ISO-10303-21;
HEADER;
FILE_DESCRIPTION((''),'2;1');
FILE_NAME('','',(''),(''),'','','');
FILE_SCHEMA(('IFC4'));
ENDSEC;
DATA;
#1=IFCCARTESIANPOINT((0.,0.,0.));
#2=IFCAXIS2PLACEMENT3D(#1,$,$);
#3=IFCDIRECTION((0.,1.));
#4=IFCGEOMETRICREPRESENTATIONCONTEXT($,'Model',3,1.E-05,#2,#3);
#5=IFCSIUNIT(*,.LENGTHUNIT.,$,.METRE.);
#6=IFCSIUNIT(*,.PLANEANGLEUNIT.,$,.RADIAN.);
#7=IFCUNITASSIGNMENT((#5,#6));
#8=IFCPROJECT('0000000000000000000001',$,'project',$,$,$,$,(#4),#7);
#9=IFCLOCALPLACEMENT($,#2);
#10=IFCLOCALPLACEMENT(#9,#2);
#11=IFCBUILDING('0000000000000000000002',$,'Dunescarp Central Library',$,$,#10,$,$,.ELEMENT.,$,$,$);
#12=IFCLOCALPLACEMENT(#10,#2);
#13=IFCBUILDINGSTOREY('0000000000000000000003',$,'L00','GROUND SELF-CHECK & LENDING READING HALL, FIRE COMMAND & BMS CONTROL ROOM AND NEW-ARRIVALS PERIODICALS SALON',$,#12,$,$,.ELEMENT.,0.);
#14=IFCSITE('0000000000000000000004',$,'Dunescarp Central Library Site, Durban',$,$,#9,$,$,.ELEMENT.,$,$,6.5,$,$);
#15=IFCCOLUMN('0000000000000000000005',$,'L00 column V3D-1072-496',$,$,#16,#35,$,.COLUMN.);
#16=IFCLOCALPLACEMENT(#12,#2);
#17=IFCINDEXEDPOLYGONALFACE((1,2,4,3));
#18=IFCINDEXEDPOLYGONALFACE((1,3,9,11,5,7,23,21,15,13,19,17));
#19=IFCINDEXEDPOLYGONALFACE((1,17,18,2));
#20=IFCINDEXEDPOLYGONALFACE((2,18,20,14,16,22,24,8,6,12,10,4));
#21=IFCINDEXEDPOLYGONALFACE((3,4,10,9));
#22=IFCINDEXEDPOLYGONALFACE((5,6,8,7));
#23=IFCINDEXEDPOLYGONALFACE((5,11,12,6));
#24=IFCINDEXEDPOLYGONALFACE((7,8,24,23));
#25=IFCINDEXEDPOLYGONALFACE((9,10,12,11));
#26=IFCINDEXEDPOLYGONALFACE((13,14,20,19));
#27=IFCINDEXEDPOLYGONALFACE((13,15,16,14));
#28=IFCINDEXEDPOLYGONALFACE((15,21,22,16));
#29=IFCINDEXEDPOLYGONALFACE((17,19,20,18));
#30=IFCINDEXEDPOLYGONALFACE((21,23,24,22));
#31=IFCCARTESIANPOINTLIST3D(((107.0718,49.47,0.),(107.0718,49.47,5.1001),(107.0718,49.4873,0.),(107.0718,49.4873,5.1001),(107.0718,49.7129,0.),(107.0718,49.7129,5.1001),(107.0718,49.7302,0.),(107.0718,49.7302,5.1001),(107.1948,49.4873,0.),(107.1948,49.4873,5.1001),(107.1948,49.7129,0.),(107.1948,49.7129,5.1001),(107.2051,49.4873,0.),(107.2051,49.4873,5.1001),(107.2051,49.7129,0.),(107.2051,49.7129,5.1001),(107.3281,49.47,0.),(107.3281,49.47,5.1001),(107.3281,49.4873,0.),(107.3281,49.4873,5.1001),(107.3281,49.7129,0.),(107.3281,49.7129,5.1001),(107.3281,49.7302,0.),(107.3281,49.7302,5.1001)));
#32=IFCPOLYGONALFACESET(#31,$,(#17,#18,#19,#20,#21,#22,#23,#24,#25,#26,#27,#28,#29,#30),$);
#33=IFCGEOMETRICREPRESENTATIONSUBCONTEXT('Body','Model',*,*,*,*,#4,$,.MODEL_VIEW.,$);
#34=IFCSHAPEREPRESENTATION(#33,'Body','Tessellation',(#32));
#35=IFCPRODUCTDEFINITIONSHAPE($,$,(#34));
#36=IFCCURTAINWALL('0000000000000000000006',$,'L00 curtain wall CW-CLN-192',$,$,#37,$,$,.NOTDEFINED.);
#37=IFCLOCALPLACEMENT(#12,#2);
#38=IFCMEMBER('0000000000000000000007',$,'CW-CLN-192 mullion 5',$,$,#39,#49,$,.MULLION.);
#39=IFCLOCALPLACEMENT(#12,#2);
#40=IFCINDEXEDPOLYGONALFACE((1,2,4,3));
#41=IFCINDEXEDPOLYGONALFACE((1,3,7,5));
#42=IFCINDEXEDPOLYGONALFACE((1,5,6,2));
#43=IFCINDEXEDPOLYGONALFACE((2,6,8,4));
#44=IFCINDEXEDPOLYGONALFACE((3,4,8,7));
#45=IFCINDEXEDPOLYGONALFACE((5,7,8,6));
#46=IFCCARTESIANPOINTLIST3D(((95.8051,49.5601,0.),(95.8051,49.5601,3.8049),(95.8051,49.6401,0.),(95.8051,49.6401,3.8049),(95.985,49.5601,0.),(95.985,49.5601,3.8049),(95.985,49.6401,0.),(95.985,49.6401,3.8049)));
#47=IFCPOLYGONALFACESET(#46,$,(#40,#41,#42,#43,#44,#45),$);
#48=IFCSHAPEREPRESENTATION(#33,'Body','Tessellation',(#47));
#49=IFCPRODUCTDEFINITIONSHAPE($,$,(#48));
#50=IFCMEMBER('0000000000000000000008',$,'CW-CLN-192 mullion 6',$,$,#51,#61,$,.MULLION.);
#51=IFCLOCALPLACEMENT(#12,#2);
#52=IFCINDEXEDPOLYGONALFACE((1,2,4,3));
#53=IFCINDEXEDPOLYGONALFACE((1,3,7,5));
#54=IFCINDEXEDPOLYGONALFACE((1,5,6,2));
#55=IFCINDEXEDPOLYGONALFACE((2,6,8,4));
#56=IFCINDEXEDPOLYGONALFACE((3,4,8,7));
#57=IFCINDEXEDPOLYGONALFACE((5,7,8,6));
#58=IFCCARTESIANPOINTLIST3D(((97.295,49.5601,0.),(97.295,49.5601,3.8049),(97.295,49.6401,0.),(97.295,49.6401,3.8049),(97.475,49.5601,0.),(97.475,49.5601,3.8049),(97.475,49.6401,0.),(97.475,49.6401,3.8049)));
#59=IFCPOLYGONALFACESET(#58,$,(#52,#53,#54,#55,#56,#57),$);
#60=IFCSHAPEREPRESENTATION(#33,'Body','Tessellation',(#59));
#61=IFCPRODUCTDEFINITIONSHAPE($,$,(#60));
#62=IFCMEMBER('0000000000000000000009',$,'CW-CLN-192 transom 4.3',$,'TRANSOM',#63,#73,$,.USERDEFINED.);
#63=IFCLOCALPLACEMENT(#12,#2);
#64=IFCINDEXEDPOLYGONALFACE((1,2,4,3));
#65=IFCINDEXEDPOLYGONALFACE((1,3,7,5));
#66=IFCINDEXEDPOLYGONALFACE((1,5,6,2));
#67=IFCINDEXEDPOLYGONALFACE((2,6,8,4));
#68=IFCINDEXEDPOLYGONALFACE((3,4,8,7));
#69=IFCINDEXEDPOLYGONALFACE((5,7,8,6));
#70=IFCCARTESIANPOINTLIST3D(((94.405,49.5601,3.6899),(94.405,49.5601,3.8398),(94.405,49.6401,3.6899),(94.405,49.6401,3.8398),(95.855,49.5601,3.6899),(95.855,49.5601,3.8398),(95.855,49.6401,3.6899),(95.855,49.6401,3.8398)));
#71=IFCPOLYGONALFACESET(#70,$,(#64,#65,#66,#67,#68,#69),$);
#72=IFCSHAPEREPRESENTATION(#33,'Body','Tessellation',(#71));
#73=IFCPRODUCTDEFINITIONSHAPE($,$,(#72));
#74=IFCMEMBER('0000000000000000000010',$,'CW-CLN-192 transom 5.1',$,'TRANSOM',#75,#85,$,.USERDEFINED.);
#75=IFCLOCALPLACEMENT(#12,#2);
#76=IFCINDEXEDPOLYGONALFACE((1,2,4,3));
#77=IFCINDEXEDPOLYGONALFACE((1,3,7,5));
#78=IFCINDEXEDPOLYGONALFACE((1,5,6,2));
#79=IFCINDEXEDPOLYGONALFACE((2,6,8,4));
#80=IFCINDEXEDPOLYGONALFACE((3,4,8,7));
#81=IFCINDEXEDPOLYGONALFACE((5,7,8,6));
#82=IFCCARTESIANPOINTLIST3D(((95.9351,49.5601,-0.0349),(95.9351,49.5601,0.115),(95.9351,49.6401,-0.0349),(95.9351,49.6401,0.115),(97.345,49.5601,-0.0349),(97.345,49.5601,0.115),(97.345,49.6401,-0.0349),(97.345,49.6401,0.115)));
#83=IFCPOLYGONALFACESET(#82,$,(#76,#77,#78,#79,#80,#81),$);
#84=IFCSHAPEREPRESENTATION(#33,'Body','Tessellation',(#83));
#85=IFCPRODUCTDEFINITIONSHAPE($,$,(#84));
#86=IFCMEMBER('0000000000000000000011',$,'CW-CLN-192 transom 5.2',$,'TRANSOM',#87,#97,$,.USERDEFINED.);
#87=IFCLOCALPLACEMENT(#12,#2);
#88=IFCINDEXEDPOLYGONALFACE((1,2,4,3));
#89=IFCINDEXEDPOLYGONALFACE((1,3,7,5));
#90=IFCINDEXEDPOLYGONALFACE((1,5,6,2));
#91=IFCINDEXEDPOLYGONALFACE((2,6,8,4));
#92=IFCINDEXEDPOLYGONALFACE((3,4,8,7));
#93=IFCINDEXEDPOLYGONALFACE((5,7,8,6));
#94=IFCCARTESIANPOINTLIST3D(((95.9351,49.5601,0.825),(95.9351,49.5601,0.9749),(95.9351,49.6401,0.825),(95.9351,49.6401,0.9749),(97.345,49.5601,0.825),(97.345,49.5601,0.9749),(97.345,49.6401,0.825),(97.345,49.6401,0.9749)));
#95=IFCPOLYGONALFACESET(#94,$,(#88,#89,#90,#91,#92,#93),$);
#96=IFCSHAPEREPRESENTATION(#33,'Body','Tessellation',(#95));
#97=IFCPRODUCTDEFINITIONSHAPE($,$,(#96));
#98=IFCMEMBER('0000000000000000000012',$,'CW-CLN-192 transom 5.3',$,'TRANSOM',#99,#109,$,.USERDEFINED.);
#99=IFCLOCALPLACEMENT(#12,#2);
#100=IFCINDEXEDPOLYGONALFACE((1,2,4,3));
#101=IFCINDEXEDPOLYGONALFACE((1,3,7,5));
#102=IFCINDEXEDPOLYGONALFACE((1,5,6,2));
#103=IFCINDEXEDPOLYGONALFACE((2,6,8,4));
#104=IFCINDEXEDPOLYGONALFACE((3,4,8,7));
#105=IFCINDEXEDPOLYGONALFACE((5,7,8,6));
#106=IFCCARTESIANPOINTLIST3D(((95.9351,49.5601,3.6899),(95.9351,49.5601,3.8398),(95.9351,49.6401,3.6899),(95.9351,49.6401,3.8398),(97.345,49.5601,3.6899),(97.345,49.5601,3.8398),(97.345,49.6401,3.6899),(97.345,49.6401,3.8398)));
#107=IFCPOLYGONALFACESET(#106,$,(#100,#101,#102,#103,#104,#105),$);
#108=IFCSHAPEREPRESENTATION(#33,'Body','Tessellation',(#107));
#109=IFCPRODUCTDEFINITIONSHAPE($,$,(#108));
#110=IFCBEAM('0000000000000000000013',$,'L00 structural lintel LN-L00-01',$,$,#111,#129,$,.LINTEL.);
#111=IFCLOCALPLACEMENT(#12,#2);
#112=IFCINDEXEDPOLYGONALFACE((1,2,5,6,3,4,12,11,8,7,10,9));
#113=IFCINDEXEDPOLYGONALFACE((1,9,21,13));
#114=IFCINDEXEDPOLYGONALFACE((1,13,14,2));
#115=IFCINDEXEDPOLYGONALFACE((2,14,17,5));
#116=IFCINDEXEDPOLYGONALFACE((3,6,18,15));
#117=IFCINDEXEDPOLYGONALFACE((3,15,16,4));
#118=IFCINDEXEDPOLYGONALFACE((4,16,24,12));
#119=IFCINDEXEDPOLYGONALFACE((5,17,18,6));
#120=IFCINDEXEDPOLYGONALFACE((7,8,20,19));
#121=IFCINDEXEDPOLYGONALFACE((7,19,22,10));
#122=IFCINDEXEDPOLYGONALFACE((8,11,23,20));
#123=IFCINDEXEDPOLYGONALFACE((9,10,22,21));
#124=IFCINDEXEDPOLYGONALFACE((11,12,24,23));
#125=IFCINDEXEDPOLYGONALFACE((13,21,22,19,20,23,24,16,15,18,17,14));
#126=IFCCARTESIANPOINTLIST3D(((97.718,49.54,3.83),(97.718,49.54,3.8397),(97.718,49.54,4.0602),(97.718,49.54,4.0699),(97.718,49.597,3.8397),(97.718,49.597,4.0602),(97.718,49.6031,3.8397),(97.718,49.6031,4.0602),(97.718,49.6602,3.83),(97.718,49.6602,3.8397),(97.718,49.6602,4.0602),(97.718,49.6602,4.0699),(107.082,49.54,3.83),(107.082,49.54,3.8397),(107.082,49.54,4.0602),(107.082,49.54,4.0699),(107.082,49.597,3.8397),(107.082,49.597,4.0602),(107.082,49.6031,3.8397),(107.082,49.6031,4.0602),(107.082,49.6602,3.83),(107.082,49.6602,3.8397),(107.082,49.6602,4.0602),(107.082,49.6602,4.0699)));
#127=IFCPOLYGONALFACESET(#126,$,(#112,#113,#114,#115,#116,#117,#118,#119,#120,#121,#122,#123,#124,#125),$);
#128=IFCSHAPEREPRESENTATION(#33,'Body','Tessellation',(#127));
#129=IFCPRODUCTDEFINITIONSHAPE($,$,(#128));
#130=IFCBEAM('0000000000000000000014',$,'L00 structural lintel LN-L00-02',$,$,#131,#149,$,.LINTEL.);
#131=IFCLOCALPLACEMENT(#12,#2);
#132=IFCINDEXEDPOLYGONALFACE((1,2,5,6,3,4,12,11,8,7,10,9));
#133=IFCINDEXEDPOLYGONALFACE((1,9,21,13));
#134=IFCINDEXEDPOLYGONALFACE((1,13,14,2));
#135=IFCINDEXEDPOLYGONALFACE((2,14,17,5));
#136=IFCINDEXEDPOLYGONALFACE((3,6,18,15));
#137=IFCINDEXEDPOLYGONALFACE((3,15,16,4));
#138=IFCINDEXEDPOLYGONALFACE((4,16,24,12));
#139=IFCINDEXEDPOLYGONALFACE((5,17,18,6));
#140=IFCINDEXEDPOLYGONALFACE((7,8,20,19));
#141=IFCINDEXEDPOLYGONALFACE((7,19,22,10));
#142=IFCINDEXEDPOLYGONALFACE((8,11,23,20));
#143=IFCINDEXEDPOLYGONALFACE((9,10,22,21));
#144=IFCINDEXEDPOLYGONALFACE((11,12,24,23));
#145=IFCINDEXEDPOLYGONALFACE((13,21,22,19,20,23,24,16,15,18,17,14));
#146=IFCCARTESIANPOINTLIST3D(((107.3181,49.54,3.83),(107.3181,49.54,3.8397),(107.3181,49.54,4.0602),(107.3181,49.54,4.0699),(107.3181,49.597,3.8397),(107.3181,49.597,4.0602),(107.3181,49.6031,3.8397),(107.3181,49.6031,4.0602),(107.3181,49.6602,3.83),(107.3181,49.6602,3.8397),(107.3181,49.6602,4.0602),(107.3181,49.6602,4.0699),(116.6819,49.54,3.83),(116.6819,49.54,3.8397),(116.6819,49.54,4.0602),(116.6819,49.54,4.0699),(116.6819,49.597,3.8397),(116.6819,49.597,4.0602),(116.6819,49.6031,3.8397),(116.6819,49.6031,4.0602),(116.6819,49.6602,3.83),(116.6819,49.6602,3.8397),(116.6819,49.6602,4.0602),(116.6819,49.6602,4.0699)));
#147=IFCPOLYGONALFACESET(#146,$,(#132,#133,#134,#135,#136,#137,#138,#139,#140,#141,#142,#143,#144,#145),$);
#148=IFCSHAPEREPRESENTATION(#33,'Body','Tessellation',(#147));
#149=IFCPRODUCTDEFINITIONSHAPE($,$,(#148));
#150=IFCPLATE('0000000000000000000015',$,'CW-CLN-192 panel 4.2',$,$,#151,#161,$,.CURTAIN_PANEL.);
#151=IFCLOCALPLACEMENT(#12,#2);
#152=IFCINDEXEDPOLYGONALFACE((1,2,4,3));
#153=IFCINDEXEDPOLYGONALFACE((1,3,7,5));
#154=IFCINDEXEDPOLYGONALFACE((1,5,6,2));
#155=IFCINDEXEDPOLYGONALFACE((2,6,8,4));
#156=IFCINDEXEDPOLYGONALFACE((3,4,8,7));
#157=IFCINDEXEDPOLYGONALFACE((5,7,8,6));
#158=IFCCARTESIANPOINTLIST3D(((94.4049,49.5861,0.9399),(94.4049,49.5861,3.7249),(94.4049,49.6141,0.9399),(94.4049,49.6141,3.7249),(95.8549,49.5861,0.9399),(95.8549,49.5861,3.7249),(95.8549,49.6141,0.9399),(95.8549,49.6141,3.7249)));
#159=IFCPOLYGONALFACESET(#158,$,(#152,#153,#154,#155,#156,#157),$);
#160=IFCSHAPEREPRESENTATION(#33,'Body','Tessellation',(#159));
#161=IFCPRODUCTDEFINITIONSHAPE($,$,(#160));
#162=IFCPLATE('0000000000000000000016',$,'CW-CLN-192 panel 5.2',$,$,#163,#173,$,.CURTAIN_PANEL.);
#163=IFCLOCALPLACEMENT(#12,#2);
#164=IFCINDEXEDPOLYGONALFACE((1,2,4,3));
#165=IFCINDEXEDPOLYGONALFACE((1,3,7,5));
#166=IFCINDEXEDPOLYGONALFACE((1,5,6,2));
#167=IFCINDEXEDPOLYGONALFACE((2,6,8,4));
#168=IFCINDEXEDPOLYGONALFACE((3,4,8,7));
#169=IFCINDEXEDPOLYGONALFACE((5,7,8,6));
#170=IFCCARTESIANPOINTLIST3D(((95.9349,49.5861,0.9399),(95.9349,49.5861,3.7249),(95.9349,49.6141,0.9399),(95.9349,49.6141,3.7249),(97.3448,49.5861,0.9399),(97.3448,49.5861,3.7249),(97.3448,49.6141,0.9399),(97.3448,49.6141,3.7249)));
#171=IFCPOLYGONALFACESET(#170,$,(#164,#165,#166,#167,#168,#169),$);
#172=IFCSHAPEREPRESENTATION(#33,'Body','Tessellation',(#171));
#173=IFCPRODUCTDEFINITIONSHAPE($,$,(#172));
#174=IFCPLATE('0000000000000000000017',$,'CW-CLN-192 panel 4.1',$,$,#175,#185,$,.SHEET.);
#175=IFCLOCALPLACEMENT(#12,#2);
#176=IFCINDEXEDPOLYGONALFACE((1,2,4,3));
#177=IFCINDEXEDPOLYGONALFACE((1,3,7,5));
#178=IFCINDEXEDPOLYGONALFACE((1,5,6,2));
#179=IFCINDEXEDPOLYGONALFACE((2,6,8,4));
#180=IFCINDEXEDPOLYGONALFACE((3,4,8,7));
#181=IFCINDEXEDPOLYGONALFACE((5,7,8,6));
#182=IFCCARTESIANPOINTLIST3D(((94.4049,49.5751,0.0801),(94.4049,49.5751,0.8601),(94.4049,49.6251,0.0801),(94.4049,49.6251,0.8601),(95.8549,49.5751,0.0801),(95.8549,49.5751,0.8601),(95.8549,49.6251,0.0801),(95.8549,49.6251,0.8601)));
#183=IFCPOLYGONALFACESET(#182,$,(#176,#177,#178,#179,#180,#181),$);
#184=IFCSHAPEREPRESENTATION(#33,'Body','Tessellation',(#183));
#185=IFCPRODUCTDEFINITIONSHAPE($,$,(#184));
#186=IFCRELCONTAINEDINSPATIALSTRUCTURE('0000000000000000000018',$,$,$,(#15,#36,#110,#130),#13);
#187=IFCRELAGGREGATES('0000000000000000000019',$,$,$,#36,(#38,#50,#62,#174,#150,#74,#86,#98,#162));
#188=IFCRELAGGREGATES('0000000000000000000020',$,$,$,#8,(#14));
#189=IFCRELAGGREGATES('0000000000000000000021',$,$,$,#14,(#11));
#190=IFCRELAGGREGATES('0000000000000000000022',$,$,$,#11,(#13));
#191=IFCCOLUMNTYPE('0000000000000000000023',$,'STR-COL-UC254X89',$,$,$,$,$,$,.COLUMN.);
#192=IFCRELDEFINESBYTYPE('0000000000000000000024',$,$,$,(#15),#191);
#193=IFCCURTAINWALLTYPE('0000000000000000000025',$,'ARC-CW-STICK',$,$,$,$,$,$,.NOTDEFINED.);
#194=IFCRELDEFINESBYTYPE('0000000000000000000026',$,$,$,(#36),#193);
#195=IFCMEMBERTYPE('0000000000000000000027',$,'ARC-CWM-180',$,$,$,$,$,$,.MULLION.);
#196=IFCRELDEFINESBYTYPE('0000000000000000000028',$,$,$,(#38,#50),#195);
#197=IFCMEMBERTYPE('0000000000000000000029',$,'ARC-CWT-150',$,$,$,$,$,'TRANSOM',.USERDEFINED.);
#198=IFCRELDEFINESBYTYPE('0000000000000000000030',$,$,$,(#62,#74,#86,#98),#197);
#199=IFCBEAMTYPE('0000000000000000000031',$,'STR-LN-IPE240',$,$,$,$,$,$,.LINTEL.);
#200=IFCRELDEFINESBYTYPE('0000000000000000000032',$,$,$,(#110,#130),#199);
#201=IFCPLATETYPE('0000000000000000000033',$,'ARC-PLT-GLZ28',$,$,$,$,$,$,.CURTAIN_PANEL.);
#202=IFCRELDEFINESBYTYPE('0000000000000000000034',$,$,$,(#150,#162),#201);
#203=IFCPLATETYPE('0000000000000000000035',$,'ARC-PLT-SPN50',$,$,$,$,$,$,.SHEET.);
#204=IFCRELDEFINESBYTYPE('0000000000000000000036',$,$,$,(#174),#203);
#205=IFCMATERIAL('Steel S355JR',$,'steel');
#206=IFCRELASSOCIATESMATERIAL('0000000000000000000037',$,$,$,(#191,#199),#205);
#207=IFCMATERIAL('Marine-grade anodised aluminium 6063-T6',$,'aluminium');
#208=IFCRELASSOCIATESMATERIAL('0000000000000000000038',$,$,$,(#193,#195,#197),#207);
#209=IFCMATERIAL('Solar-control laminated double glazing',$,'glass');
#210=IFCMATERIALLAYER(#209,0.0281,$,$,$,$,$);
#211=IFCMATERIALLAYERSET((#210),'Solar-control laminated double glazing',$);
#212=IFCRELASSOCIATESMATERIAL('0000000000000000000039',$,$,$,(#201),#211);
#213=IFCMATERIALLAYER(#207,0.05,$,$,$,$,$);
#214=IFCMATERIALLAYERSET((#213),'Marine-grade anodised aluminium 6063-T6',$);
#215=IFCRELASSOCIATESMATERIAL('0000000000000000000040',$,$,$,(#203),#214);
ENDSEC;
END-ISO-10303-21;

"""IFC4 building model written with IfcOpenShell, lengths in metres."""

from ifc_helpers import new_model, si_unit, direction, frame, origin, origin_2d, place, context, subcontext, project, spatial, rectangle, i_section, extrude, material, layer, layer_set, material_profile, profile_set, type_object, element, aggregate, save


model = new_model("IFC4")

# Units and contexts
model_context = context("Model", 3, precision=1e-05, world=origin(), true_north=direction((0.0, 1.0)))
body_context = subcontext(model_context, "Body", "Model", "MODEL_VIEW")
ifc_project = project(units=[si_unit("LENGTHUNIT", "METRE"), si_unit("PLANEANGLEUNIT", "RADIAN")], contexts=[model_context])

# Site, building, storey
site_placement = place(None, origin())
site = spatial("IfcSite", under=ifc_project, at=site_placement, Name="Dunescarp Central Library Site, Durban", CompositionType="ELEMENT", RefElevation=6.5)
building_placement = place(site_placement, origin())
building = spatial("IfcBuilding", under=site, at=building_placement, Name="Dunescarp Central Library", CompositionType="ELEMENT")
storey_placement = place(building_placement, origin())
storey = spatial("IfcBuildingStorey", under=building, at=storey_placement, Name="L00", Description="GROUND SELF-CHECK & LENDING READING HALL, FIRE COMMAND & BMS CONTROL ROOM AND NEW-ARRIVALS PERIODICALS SALON", CompositionType="ELEMENT", Elevation=0.0)

# Column
ifc_material_1 = material(Name="Steel S355JR", Category="steel")
ifc_material_profile_1 = material_profile(ifc_material_1, i_section(OverallWidth=0.2563, OverallDepth=0.2603, WebThickness=0.0103, FlangeThickness=0.0173, at=origin_2d()), Name="UC 254x254x89")
ifc_profile_set_1 = profile_set([ifc_material_profile_1], Name="Steel S355JR")
column_type = type_object("IfcColumnType", Name="STR-COL-UC254X89", PredefinedType="COLUMN", material=ifc_profile_set_1)
for number, where, z_axis, x_axis, name in (
    (1, (107.2, 49.6001, 0.0), (0.0, 0.0, 1.0), (1.0, 0.0, 0.0), "L00 column V3D-1072-496"),
):
    element("IfcColumn", number, at=place(storey_placement, frame(where, z_axis=z_axis, x_axis=x_axis)), inside=storey, type_object=column_type, Name=name, PredefinedType="COLUMN", context=body_context, shape_type="SweptSolid", body=[
        extrude(i_section(OverallWidth=0.2563, OverallDepth=0.2603, WebThickness=0.0103, FlangeThickness=0.0173, at=origin_2d()), origin(), (0.0, 0.0, 1.0), 5.1001),
    ])

# Curtain wall, members
ifc_material_2 = material(Name="Marine-grade anodised aluminium 6063-T6", Category="aluminium")
curtain_wall_type = type_object("IfcCurtainWallType", Name="ARC-CW-STICK", PredefinedType="NOTDEFINED", material=ifc_material_2)
curtain_wall_placement = place(storey_placement, origin())
curtain_wall = element("IfcCurtainWall", 2, at=curtain_wall_placement, inside=storey, type_object=curtain_wall_type, Name="L00 curtain wall CW-CLN-192", PredefinedType="NOTDEFINED")
ifc_material_profile_2 = material_profile(ifc_material_2, rectangle(XDim=0.0801, YDim=0.1799, at=origin_2d()), Name="AL 80x180")
ifc_profile_set_2 = profile_set([ifc_material_profile_2], Name="Marine-grade anodised aluminium 6063-T6")
member_type_1 = type_object("IfcMemberType", Name="ARC-CWM-180", PredefinedType="MULLION", material=ifc_profile_set_2)
member_1_placement = place(storey_placement, frame((95.895, 49.6001, 0.0), z_axis=(0.0, 0.0, 1.0), x_axis=(0.0, 1.0, 0.0)))
member_1 = element("IfcMember", 3, at=member_1_placement, type_object=member_type_1, Name="CW-CLN-192 mullion 5", PredefinedType="MULLION", context=body_context, shape_type="SweptSolid", body=[
    extrude(rectangle(XDim=0.0801, YDim=0.1799, at=origin_2d()), origin(), (0.0, 0.0, 1.0), 3.8049),
])
member_2_placement = place(storey_placement, frame((97.385, 49.6001, 0.0), z_axis=(0.0, 0.0, 1.0), x_axis=(0.0, 1.0, 0.0)))
member_2 = element("IfcMember", 4, at=member_2_placement, type_object=member_type_1, Name="CW-CLN-192 mullion 6", PredefinedType="MULLION", context=body_context, shape_type="SweptSolid", body=[
    extrude(rectangle(XDim=0.0801, YDim=0.1799, at=origin_2d()), origin(), (0.0, 0.0, 1.0), 3.8049),
])
ifc_material_profile_3 = material_profile(ifc_material_2, rectangle(XDim=0.0801, YDim=0.1499, at=origin_2d()), Name="AL 80x150")
ifc_profile_set_3 = profile_set([ifc_material_profile_3], Name="Marine-grade anodised aluminium 6063-T6")
member_type_2 = type_object("IfcMemberType", Name="ARC-CWT-150", ElementType="TRANSOM", PredefinedType="USERDEFINED", material=ifc_profile_set_3)
member_3_placement = place(storey_placement, frame((94.405, 49.6001, 3.7649), z_axis=(1.0, 0.0, 0.0), x_axis=(0.0, 1.0, 0.0)))
member_3 = element("IfcMember", 5, at=member_3_placement, type_object=member_type_2, Name="CW-CLN-192 transom 4.3", ObjectType="TRANSOM", PredefinedType="USERDEFINED", context=body_context, shape_type="SweptSolid", body=[
    extrude(rectangle(XDim=0.0801, YDim=0.1499, at=origin_2d()), origin(), (0.0, 0.0, 1.0), 1.45),
])
member_4_placement = place(storey_placement, frame((95.9351, 49.6001, 0.04), z_axis=(1.0, 0.0, 0.0), x_axis=(0.0, 1.0, 0.0)))
member_4 = element("IfcMember", 6, at=member_4_placement, type_object=member_type_2, Name="CW-CLN-192 transom 5.1", ObjectType="TRANSOM", PredefinedType="USERDEFINED", context=body_context, shape_type="SweptSolid", body=[
    extrude(rectangle(XDim=0.0801, YDim=0.1499, at=origin_2d()), origin(), (0.0, 0.0, 1.0), 1.4099),
])
member_5_placement = place(storey_placement, frame((95.9351, 49.6001, 0.8999), z_axis=(1.0, 0.0, 0.0), x_axis=(0.0, 1.0, 0.0)))
member_5 = element("IfcMember", 7, at=member_5_placement, type_object=member_type_2, Name="CW-CLN-192 transom 5.2", ObjectType="TRANSOM", PredefinedType="USERDEFINED", context=body_context, shape_type="SweptSolid", body=[
    extrude(rectangle(XDim=0.0801, YDim=0.1499, at=origin_2d()), origin(), (0.0, 0.0, 1.0), 1.4099),
])
member_6_placement = place(storey_placement, frame((95.9351, 49.6001, 3.7649), z_axis=(1.0, 0.0, 0.0), x_axis=(0.0, 1.0, 0.0)))
member_6 = element("IfcMember", 8, at=member_6_placement, type_object=member_type_2, Name="CW-CLN-192 transom 5.3", ObjectType="TRANSOM", PredefinedType="USERDEFINED", context=body_context, shape_type="SweptSolid", body=[
    extrude(rectangle(XDim=0.0801, YDim=0.1499, at=origin_2d()), origin(), (0.0, 0.0, 1.0), 1.4099),
])

# Beams
ifc_material_profile_4 = material_profile(ifc_material_1, i_section(OverallWidth=0.1201, OverallDepth=0.24, WebThickness=0.0061, FlangeThickness=0.0098, at=origin_2d()), Name="IPE 240")
ifc_profile_set_4 = profile_set([ifc_material_profile_4], Name="Steel S355JR")
beam_type = type_object("IfcBeamType", Name="STR-LN-IPE240", PredefinedType="LINTEL", material=ifc_profile_set_4)
beam_1_placement = place(storey_placement, frame((97.718, 49.6001, 3.95), z_axis=(1.0, 0.0, 0.0), x_axis=(0.0, 1.0, 0.0)))
element("IfcBeam", 9, at=beam_1_placement, inside=storey, type_object=beam_type, Name="L00 structural lintel LN-L00-01", PredefinedType="LINTEL", context=body_context, shape_type="SweptSolid", body=[
    extrude(i_section(OverallWidth=0.1201, OverallDepth=0.24, WebThickness=0.0061, FlangeThickness=0.0098, at=origin_2d()), origin(), (0.0, 0.0, 1.0), 9.364),
])
beam_2_placement = place(storey_placement, frame((107.3181, 49.6001, 3.95), z_axis=(1.0, 0.0, 0.0), x_axis=(0.0, 1.0, 0.0)))
element("IfcBeam", 10, at=beam_2_placement, inside=storey, type_object=beam_type, Name="L00 structural lintel LN-L00-02", PredefinedType="LINTEL", context=body_context, shape_type="SweptSolid", body=[
    extrude(i_section(OverallWidth=0.1201, OverallDepth=0.24, WebThickness=0.0061, FlangeThickness=0.0098, at=origin_2d()), origin(), (0.0, 0.0, 1.0), 9.3638),
])

# Plates
ifc_material_3 = material(Name="Solar-control laminated double glazing", Category="glass")
ifc_layer_1 = layer(ifc_material_3, 0.0281)
ifc_layer_set_1 = layer_set([ifc_layer_1], Name="Solar-control laminated double glazing")
plate_type_1 = type_object("IfcPlateType", Name="ARC-PLT-GLZ28", PredefinedType="CURTAIN_PANEL", material=ifc_layer_set_1)
plate_1_placement = place(storey_placement, frame((95.1299, 49.6001, 0.9399), z_axis=(0.0, 0.0, 1.0), x_axis=(1.0, 0.0, 0.0)))
plate_1 = element("IfcPlate", 11, at=plate_1_placement, type_object=plate_type_1, Name="CW-CLN-192 panel 4.2", PredefinedType="CURTAIN_PANEL", context=body_context, shape_type="SweptSolid", body=[
    extrude(rectangle(XDim=1.45, YDim=0.0281, at=origin_2d()), origin(), (0.0, 0.0, 1.0), 2.7849),
])
plate_2_placement = place(storey_placement, frame((96.6399, 49.6001, 0.9399), z_axis=(0.0, 0.0, 1.0), x_axis=(1.0, 0.0, 0.0)))
plate_2 = element("IfcPlate", 12, at=plate_2_placement, type_object=plate_type_1, Name="CW-CLN-192 panel 5.2", PredefinedType="CURTAIN_PANEL", context=body_context, shape_type="SweptSolid", body=[
    extrude(rectangle(XDim=1.4099, YDim=0.0281, at=origin_2d()), origin(), (0.0, 0.0, 1.0), 2.7849),
])
ifc_layer_2 = layer(ifc_material_2, 0.05)
ifc_layer_set_2 = layer_set([ifc_layer_2], Name="Marine-grade anodised aluminium 6063-T6")
plate_type_2 = type_object("IfcPlateType", Name="ARC-PLT-SPN50", PredefinedType="SHEET", material=ifc_layer_set_2)
plate_3_placement = place(storey_placement, frame((95.1299, 49.6001, 0.0801), z_axis=(0.0, 0.0, 1.0), x_axis=(1.0, 0.0, 0.0)))
plate_3 = element("IfcPlate", 13, at=plate_3_placement, type_object=plate_type_2, Name="CW-CLN-192 panel 4.1", PredefinedType="SHEET", context=body_context, shape_type="SweptSolid", body=[
    extrude(rectangle(XDim=1.45, YDim=0.05, at=origin_2d()), origin(), (0.0, 0.0, 1.0), 0.78),
])
aggregate(curtain_wall, [member_1, member_2, member_3, plate_3, plate_1, member_4, member_5, member_6, plate_2])

save(model, "model.ifc")
